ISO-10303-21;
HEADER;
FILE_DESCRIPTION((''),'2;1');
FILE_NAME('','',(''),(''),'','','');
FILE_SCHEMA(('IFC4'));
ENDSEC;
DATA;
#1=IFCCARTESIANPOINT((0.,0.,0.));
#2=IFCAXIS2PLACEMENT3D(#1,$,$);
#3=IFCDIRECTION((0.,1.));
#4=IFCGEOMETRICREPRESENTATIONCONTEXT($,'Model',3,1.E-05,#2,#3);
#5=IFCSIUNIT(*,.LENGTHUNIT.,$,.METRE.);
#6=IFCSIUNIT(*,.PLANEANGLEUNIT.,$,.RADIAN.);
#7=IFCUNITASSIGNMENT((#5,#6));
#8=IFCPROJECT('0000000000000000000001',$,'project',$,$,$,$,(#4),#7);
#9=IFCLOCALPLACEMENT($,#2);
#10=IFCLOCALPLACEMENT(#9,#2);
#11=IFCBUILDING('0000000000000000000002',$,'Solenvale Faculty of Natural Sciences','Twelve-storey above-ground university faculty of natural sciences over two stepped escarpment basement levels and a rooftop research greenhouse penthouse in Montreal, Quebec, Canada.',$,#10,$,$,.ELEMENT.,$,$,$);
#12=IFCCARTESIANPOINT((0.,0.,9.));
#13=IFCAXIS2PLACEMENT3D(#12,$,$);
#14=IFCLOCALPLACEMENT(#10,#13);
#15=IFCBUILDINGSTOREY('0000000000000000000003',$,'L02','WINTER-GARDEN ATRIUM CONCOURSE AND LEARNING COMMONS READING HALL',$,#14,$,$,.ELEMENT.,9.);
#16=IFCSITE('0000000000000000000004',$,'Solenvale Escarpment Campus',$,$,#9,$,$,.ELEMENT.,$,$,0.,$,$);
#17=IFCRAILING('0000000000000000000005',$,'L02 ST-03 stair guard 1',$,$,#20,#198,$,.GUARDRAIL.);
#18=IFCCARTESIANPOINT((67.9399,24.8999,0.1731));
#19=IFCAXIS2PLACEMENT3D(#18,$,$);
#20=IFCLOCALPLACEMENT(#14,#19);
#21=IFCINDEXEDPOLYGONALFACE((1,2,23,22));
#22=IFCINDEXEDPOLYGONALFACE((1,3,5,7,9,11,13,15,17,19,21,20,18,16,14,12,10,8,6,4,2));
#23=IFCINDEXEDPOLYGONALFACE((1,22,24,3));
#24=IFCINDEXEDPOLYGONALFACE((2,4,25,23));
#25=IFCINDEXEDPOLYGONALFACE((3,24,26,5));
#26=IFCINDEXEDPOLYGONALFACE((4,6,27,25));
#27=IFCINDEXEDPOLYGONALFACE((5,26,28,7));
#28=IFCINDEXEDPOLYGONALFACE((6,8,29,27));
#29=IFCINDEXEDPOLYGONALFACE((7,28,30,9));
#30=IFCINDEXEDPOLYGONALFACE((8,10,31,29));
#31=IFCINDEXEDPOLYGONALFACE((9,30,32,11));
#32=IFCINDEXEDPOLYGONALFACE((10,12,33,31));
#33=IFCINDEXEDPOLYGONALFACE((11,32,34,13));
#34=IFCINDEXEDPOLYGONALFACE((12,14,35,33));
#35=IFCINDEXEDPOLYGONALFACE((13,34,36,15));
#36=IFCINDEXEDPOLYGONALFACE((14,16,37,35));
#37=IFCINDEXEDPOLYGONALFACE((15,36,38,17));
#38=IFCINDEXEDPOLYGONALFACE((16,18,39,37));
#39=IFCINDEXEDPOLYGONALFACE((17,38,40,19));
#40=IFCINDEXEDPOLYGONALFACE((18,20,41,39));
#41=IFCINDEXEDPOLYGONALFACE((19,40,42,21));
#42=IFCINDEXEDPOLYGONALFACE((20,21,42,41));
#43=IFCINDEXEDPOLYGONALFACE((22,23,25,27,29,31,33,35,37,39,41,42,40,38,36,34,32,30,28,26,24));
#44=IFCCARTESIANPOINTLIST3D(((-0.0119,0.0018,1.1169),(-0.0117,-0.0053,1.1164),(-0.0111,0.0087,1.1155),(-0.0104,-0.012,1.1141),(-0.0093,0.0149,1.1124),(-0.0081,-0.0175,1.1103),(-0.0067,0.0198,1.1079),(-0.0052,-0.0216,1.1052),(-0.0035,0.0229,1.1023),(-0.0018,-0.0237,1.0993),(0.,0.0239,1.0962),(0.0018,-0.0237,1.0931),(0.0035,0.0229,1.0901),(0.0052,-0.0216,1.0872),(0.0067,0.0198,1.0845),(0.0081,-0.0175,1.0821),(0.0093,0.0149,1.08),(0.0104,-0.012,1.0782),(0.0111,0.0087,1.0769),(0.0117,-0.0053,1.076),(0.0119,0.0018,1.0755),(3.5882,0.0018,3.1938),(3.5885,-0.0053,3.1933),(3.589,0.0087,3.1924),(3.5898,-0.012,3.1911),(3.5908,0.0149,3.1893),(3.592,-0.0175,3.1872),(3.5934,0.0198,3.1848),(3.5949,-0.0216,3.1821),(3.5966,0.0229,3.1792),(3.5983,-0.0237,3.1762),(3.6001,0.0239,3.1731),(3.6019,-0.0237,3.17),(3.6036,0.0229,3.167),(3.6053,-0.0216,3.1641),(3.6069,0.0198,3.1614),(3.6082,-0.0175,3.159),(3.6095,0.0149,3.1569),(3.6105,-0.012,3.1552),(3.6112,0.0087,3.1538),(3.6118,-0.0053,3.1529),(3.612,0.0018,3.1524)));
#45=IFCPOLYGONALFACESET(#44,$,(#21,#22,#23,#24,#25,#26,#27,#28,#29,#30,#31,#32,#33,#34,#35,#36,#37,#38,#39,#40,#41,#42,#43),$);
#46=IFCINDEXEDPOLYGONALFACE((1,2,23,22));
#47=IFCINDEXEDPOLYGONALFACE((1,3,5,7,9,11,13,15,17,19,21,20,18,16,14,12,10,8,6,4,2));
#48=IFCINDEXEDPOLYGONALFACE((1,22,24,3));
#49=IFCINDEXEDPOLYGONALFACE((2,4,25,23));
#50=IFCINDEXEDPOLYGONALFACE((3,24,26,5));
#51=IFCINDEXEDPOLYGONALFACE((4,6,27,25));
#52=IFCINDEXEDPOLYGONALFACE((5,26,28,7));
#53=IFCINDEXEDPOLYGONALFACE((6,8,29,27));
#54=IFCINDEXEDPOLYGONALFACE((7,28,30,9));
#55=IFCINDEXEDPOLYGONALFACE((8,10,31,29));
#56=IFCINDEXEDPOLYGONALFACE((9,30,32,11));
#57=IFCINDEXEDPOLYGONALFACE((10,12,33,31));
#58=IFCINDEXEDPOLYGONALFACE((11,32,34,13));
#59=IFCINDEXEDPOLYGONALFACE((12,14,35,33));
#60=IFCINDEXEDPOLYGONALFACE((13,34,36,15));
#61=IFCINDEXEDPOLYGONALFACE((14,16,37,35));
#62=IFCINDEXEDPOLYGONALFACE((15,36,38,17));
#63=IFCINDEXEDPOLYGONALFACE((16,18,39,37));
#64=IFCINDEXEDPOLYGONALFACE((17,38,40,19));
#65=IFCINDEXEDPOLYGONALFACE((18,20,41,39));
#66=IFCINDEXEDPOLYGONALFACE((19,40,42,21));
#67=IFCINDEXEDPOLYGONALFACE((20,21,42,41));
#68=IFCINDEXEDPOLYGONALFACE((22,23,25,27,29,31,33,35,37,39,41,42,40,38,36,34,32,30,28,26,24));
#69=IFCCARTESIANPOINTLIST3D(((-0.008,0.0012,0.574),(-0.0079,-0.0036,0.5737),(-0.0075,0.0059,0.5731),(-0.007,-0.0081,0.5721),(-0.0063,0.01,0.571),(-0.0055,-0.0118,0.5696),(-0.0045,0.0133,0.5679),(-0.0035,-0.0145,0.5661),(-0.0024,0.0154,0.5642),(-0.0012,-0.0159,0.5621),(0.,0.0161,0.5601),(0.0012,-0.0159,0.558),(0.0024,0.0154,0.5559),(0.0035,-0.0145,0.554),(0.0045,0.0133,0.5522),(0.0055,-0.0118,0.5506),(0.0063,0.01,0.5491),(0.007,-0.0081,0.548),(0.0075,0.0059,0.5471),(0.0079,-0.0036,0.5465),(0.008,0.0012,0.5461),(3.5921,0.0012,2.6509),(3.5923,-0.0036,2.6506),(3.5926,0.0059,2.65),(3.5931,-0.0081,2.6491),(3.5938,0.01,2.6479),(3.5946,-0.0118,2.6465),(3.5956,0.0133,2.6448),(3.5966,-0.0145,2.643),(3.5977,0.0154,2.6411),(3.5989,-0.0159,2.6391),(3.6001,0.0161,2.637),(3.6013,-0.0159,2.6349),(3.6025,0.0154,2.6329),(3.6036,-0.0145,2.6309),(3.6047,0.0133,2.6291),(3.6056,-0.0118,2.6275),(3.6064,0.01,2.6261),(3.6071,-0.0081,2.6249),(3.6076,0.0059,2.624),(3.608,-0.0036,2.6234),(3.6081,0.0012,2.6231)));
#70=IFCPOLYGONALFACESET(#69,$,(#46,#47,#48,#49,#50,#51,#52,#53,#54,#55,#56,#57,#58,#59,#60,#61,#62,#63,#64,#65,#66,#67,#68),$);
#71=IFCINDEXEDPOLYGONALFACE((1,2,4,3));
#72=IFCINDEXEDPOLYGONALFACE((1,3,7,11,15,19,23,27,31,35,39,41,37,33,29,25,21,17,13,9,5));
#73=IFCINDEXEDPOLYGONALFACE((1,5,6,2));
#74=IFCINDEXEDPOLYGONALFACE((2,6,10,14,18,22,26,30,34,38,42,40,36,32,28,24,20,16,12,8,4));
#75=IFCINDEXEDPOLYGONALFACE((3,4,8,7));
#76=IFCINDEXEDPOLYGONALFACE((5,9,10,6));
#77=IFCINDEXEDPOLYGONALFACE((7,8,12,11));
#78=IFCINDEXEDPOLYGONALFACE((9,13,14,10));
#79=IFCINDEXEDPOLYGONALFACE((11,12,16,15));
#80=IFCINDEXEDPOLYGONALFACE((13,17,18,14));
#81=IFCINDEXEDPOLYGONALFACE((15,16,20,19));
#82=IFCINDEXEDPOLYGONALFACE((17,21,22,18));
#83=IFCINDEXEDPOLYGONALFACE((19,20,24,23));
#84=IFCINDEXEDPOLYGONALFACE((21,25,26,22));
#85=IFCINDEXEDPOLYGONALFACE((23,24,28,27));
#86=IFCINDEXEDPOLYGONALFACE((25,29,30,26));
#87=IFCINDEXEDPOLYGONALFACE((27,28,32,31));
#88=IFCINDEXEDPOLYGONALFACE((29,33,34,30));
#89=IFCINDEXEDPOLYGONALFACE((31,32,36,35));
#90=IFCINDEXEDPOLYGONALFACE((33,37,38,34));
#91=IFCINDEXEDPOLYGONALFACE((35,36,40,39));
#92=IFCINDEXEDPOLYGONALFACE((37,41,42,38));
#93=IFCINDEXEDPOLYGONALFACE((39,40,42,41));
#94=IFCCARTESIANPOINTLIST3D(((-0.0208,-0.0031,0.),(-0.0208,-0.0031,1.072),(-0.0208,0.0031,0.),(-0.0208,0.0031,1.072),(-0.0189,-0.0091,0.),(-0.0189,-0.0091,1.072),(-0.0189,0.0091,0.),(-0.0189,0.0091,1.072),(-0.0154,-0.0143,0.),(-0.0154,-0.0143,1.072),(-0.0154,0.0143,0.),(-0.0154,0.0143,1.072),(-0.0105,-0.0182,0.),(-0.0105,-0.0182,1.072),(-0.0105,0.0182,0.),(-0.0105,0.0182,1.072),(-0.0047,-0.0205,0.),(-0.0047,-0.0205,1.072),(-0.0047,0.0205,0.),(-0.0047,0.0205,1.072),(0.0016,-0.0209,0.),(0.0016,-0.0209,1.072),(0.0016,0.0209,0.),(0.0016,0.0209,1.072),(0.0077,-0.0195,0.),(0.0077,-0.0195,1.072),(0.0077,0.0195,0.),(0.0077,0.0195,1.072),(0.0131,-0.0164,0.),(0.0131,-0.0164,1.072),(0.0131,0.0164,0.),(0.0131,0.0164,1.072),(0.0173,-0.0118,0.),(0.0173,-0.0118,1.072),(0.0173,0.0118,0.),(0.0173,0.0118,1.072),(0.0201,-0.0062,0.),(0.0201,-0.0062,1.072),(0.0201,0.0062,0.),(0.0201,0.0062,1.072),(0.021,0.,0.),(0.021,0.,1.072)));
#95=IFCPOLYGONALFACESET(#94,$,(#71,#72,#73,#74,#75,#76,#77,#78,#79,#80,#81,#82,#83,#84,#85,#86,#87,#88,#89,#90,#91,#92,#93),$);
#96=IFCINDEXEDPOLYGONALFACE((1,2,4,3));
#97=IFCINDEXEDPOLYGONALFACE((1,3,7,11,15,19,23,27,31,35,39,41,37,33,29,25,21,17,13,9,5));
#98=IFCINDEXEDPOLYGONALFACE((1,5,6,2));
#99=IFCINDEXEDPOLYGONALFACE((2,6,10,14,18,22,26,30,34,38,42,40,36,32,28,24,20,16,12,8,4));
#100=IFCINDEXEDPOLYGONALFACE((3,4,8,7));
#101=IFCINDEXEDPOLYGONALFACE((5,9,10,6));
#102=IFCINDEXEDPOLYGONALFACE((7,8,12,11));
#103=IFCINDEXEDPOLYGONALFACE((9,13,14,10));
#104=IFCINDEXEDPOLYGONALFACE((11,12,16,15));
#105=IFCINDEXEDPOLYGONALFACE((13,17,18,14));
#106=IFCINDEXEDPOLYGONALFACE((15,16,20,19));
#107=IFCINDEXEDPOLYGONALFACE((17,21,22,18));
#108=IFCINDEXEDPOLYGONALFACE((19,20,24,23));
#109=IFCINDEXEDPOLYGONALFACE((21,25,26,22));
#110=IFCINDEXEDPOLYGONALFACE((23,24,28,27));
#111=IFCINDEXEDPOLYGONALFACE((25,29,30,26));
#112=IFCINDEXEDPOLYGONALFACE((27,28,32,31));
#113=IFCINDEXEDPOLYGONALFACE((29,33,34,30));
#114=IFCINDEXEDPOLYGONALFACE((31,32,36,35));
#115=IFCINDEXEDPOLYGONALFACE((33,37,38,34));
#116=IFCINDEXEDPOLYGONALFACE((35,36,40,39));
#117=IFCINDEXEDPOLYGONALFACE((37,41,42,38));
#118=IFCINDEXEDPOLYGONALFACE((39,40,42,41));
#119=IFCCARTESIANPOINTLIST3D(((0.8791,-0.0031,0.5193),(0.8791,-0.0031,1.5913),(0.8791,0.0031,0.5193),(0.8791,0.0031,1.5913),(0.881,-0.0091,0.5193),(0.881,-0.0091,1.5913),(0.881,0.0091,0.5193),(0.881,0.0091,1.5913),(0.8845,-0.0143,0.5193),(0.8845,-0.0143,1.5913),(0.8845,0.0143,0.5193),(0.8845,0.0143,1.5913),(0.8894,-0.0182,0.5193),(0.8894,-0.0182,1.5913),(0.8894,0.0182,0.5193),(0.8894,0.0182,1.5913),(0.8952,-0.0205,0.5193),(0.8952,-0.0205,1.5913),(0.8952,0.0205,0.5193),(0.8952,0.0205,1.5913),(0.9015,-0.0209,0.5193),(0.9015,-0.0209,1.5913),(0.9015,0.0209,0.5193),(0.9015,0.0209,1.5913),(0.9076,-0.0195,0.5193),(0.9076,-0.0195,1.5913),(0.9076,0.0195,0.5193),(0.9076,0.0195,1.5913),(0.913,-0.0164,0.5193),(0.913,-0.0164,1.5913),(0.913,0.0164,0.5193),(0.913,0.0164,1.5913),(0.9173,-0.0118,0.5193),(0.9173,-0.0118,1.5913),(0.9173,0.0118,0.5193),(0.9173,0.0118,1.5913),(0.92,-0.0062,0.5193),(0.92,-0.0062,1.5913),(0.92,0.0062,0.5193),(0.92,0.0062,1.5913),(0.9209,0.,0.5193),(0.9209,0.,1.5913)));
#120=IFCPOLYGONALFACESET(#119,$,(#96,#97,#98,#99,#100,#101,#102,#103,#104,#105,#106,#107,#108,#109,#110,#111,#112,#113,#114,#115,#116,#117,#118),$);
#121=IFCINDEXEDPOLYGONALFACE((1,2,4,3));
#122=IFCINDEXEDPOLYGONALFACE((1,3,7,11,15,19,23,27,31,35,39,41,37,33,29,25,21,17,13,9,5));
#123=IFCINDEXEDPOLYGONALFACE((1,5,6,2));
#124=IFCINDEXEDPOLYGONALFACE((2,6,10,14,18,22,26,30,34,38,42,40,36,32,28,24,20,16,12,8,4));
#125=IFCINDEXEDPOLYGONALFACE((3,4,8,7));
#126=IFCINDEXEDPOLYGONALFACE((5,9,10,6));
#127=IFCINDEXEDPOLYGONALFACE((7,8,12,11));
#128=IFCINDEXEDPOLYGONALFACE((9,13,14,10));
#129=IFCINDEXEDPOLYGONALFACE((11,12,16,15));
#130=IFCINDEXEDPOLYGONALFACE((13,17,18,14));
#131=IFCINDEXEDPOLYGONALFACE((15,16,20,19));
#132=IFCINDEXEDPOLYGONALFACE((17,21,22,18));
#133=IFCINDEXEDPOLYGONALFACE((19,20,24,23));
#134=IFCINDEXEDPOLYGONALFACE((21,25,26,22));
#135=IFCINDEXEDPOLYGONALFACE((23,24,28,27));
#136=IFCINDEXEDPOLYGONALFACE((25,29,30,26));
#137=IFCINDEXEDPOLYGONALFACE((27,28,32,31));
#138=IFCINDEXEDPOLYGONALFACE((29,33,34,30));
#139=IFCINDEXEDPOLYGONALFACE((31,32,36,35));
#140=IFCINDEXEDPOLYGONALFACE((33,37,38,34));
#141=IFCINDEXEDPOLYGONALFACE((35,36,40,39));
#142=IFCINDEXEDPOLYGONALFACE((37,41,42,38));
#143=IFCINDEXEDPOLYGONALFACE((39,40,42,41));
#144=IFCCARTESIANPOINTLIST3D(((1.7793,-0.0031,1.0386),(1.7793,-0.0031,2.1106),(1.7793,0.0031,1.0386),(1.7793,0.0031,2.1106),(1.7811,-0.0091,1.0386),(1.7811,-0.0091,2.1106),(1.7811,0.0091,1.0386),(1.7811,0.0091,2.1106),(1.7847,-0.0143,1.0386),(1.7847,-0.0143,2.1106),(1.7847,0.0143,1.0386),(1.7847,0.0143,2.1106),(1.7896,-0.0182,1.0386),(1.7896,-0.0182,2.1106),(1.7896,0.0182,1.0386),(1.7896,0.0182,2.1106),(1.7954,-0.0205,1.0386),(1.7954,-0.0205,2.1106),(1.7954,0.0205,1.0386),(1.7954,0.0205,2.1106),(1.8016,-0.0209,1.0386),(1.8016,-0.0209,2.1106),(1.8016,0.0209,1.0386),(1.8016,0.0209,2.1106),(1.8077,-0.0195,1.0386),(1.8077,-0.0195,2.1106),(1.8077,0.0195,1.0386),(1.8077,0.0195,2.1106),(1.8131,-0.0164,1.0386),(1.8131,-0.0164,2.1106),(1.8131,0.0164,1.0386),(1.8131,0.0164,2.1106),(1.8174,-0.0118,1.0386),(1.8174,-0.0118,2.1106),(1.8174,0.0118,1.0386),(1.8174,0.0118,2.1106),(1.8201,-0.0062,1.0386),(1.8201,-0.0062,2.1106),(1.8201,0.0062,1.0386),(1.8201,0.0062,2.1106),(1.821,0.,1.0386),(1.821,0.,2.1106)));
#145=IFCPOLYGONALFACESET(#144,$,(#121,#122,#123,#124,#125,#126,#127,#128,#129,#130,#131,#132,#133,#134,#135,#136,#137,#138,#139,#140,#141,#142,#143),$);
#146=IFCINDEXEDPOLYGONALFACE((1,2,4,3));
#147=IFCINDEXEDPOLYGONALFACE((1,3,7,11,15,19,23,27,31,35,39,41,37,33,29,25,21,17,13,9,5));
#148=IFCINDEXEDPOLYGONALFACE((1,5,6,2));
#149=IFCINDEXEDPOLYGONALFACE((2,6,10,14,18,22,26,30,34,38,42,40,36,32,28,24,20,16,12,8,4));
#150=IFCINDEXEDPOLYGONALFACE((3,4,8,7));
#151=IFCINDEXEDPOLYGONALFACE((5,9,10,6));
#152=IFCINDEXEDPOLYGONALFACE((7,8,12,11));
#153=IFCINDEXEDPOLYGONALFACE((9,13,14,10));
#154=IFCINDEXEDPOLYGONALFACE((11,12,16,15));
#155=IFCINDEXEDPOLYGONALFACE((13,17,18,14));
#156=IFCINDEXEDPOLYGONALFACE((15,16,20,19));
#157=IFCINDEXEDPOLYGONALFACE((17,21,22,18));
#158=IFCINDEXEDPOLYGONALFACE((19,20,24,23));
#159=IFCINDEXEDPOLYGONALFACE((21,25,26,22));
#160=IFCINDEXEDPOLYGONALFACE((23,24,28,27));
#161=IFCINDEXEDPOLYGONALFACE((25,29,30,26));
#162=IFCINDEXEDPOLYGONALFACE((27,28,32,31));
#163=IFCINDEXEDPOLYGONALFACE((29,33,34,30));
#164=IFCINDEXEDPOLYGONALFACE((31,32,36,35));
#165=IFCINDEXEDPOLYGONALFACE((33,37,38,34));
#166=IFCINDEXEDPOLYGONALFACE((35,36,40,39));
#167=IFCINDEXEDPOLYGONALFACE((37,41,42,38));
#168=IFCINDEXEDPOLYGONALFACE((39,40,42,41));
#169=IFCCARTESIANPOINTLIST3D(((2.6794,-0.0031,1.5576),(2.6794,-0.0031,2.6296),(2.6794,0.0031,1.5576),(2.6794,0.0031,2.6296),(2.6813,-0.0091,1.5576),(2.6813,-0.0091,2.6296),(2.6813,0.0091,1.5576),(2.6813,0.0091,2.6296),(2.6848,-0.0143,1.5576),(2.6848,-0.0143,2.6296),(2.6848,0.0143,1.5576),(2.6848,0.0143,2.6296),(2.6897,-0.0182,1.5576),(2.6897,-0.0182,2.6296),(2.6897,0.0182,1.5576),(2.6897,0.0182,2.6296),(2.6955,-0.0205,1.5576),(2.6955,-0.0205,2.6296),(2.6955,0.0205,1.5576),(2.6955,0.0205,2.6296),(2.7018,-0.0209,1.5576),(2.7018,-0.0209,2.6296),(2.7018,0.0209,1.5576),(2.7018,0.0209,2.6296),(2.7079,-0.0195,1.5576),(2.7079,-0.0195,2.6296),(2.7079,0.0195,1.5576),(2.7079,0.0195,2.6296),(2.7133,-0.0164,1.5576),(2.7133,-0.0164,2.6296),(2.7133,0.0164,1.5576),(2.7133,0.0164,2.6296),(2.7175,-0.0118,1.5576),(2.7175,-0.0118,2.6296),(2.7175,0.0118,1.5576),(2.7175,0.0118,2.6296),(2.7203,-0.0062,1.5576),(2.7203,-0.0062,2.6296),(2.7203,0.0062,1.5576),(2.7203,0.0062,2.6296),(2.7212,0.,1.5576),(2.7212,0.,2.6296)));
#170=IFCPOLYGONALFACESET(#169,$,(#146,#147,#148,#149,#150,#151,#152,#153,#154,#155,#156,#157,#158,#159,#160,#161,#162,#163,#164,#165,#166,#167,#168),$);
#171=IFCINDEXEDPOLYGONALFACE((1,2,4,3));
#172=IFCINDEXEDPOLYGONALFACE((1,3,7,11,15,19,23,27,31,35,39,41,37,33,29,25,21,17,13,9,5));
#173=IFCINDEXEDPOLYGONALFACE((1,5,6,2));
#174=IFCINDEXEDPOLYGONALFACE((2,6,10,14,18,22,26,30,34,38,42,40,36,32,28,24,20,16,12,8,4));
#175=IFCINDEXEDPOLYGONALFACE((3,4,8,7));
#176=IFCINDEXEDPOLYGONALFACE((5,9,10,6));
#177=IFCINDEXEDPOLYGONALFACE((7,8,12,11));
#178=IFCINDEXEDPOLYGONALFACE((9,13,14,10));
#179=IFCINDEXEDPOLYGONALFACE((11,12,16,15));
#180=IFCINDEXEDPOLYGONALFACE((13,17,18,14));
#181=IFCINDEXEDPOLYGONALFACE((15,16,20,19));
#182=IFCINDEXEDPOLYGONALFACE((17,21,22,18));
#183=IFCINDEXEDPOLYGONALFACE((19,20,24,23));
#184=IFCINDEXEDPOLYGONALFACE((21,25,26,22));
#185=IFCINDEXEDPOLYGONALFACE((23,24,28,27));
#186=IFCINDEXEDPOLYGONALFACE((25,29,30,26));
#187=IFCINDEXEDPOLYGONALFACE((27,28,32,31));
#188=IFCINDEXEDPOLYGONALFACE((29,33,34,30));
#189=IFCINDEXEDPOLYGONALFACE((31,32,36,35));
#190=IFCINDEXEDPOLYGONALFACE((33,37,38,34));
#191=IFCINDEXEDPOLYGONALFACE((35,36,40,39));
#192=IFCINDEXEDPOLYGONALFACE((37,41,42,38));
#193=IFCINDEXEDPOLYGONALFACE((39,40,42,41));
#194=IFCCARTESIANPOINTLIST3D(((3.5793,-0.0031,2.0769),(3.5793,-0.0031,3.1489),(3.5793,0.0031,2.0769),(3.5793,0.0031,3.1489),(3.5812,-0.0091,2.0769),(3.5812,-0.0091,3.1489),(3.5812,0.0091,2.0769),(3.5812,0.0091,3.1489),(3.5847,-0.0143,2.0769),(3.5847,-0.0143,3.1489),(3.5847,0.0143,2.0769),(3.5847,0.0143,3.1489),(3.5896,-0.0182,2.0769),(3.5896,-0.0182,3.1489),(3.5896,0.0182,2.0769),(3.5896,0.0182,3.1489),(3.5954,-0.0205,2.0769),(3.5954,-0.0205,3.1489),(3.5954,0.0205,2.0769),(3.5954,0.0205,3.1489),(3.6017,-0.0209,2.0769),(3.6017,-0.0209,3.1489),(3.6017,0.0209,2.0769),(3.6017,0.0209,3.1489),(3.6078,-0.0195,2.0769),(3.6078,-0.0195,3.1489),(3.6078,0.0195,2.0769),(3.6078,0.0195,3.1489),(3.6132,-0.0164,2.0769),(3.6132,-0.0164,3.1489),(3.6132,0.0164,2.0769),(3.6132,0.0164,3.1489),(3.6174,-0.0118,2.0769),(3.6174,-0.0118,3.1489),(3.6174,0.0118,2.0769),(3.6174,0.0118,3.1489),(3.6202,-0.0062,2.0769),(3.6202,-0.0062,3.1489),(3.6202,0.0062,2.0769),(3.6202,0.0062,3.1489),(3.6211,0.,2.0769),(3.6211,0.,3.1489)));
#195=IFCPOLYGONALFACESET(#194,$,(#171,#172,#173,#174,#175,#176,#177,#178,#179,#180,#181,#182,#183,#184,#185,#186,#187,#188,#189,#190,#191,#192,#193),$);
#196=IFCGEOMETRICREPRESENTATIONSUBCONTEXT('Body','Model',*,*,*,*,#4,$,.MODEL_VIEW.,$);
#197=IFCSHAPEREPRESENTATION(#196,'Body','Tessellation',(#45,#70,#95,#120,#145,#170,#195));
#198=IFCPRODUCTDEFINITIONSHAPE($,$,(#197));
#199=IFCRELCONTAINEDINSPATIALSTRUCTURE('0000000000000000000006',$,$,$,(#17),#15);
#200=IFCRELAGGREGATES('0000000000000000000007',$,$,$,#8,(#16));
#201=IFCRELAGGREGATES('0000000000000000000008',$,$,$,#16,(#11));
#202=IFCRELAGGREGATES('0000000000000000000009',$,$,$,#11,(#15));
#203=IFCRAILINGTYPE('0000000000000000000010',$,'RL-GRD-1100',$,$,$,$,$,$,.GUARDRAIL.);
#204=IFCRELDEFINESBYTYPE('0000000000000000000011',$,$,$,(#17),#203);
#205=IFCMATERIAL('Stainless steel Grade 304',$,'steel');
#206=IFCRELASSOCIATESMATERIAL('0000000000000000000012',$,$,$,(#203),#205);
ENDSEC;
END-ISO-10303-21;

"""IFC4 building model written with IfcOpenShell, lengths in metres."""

from ifc_helpers import new_model, si_unit, direction, frame, origin, origin_2d, place, context, subcontext, project, spatial, circle, extrude, material, type_object, element, save


model = new_model("IFC4")

# Units and contexts
model_context = context("Model", 3, precision=1e-05, world=origin(), true_north=direction((0.0, 1.0)))
body_context = subcontext(model_context, "Body", "Model", "MODEL_VIEW")
ifc_project = project(units=[si_unit("LENGTHUNIT", "METRE"), si_unit("PLANEANGLEUNIT", "RADIAN")], contexts=[model_context])

# Site, building, storey
site_placement = place(None, origin())
site = spatial("IfcSite", under=ifc_project, at=site_placement, Name="Solenvale Escarpment Campus", CompositionType="ELEMENT", RefElevation=0.0)
building_placement = place(site_placement, origin())
building = spatial("IfcBuilding", under=site, at=building_placement, Name="Solenvale Faculty of Natural Sciences", Description="Twelve-storey above-ground university faculty of natural sciences over two stepped escarpment basement levels and a rooftop research greenhouse penthouse in Montreal, Quebec, Canada.", CompositionType="ELEMENT")
storey_placement = place(building_placement, frame((0.0, 0.0, 9.0)))
storey = spatial("IfcBuildingStorey", under=building, at=storey_placement, Name="L02", Description="WINTER-GARDEN ATRIUM CONCOURSE AND LEARNING COMMONS READING HALL", CompositionType="ELEMENT", Elevation=9.0)

# Railing
ifc_material_1 = material(Name="Stainless steel Grade 304", Category="steel")
railing_type_1 = type_object("IfcRailingType", Name="RL-GRD-1100", PredefinedType="GUARDRAIL", material=ifc_material_1)
railing_1_placement = place(storey_placement, frame((67.9399, 24.8999, 0.1731)))
element("IfcRailing", 1, at=railing_1_placement, inside=storey, type_object=railing_type_1, Name="L02 ST-03 stair guard 1", PredefinedType="GUARDRAIL", context=body_context, shape_type="SweptSolid", body=[
    extrude(circle(Radius=0.0239, at=origin_2d()), frame((0.0, 0.0, 1.0962), z_axis=(0.866193, 0.0, 0.499709), x_axis=(0.0, 1.0, 0.0)), (0.0, 0.0, 1.0), 4.1562),
    extrude(circle(Radius=0.0161, at=origin_2d()), frame((0.0, 0.0, 0.5601), z_axis=(0.866193, 0.0, 0.499709), x_axis=(0.0, 1.0, 0.0)), (0.0, 0.0, 1.0), 4.1562),
    extrude(circle(Radius=0.021, at=origin_2d()), origin(), (0.0, 0.0, 1.0), 1.072),
    extrude(circle(Radius=0.021, at=origin_2d()), frame((0.8999, 0.0, 0.5193)), (0.0, 0.0, 1.0), 1.072),
    extrude(circle(Radius=0.021, at=origin_2d()), frame((1.8, 0.0, 1.0386)), (0.0, 0.0, 1.0), 1.072),
    extrude(circle(Radius=0.021, at=origin_2d()), frame((2.7002, 0.0, 1.5576)), (0.0, 0.0, 1.0), 1.072),
    extrude(circle(Radius=0.021, at=origin_2d()), frame((3.6001, 0.0, 2.0769)), (0.0, 0.0, 1.0), 1.072),
])

save(model, "model.ifc")
